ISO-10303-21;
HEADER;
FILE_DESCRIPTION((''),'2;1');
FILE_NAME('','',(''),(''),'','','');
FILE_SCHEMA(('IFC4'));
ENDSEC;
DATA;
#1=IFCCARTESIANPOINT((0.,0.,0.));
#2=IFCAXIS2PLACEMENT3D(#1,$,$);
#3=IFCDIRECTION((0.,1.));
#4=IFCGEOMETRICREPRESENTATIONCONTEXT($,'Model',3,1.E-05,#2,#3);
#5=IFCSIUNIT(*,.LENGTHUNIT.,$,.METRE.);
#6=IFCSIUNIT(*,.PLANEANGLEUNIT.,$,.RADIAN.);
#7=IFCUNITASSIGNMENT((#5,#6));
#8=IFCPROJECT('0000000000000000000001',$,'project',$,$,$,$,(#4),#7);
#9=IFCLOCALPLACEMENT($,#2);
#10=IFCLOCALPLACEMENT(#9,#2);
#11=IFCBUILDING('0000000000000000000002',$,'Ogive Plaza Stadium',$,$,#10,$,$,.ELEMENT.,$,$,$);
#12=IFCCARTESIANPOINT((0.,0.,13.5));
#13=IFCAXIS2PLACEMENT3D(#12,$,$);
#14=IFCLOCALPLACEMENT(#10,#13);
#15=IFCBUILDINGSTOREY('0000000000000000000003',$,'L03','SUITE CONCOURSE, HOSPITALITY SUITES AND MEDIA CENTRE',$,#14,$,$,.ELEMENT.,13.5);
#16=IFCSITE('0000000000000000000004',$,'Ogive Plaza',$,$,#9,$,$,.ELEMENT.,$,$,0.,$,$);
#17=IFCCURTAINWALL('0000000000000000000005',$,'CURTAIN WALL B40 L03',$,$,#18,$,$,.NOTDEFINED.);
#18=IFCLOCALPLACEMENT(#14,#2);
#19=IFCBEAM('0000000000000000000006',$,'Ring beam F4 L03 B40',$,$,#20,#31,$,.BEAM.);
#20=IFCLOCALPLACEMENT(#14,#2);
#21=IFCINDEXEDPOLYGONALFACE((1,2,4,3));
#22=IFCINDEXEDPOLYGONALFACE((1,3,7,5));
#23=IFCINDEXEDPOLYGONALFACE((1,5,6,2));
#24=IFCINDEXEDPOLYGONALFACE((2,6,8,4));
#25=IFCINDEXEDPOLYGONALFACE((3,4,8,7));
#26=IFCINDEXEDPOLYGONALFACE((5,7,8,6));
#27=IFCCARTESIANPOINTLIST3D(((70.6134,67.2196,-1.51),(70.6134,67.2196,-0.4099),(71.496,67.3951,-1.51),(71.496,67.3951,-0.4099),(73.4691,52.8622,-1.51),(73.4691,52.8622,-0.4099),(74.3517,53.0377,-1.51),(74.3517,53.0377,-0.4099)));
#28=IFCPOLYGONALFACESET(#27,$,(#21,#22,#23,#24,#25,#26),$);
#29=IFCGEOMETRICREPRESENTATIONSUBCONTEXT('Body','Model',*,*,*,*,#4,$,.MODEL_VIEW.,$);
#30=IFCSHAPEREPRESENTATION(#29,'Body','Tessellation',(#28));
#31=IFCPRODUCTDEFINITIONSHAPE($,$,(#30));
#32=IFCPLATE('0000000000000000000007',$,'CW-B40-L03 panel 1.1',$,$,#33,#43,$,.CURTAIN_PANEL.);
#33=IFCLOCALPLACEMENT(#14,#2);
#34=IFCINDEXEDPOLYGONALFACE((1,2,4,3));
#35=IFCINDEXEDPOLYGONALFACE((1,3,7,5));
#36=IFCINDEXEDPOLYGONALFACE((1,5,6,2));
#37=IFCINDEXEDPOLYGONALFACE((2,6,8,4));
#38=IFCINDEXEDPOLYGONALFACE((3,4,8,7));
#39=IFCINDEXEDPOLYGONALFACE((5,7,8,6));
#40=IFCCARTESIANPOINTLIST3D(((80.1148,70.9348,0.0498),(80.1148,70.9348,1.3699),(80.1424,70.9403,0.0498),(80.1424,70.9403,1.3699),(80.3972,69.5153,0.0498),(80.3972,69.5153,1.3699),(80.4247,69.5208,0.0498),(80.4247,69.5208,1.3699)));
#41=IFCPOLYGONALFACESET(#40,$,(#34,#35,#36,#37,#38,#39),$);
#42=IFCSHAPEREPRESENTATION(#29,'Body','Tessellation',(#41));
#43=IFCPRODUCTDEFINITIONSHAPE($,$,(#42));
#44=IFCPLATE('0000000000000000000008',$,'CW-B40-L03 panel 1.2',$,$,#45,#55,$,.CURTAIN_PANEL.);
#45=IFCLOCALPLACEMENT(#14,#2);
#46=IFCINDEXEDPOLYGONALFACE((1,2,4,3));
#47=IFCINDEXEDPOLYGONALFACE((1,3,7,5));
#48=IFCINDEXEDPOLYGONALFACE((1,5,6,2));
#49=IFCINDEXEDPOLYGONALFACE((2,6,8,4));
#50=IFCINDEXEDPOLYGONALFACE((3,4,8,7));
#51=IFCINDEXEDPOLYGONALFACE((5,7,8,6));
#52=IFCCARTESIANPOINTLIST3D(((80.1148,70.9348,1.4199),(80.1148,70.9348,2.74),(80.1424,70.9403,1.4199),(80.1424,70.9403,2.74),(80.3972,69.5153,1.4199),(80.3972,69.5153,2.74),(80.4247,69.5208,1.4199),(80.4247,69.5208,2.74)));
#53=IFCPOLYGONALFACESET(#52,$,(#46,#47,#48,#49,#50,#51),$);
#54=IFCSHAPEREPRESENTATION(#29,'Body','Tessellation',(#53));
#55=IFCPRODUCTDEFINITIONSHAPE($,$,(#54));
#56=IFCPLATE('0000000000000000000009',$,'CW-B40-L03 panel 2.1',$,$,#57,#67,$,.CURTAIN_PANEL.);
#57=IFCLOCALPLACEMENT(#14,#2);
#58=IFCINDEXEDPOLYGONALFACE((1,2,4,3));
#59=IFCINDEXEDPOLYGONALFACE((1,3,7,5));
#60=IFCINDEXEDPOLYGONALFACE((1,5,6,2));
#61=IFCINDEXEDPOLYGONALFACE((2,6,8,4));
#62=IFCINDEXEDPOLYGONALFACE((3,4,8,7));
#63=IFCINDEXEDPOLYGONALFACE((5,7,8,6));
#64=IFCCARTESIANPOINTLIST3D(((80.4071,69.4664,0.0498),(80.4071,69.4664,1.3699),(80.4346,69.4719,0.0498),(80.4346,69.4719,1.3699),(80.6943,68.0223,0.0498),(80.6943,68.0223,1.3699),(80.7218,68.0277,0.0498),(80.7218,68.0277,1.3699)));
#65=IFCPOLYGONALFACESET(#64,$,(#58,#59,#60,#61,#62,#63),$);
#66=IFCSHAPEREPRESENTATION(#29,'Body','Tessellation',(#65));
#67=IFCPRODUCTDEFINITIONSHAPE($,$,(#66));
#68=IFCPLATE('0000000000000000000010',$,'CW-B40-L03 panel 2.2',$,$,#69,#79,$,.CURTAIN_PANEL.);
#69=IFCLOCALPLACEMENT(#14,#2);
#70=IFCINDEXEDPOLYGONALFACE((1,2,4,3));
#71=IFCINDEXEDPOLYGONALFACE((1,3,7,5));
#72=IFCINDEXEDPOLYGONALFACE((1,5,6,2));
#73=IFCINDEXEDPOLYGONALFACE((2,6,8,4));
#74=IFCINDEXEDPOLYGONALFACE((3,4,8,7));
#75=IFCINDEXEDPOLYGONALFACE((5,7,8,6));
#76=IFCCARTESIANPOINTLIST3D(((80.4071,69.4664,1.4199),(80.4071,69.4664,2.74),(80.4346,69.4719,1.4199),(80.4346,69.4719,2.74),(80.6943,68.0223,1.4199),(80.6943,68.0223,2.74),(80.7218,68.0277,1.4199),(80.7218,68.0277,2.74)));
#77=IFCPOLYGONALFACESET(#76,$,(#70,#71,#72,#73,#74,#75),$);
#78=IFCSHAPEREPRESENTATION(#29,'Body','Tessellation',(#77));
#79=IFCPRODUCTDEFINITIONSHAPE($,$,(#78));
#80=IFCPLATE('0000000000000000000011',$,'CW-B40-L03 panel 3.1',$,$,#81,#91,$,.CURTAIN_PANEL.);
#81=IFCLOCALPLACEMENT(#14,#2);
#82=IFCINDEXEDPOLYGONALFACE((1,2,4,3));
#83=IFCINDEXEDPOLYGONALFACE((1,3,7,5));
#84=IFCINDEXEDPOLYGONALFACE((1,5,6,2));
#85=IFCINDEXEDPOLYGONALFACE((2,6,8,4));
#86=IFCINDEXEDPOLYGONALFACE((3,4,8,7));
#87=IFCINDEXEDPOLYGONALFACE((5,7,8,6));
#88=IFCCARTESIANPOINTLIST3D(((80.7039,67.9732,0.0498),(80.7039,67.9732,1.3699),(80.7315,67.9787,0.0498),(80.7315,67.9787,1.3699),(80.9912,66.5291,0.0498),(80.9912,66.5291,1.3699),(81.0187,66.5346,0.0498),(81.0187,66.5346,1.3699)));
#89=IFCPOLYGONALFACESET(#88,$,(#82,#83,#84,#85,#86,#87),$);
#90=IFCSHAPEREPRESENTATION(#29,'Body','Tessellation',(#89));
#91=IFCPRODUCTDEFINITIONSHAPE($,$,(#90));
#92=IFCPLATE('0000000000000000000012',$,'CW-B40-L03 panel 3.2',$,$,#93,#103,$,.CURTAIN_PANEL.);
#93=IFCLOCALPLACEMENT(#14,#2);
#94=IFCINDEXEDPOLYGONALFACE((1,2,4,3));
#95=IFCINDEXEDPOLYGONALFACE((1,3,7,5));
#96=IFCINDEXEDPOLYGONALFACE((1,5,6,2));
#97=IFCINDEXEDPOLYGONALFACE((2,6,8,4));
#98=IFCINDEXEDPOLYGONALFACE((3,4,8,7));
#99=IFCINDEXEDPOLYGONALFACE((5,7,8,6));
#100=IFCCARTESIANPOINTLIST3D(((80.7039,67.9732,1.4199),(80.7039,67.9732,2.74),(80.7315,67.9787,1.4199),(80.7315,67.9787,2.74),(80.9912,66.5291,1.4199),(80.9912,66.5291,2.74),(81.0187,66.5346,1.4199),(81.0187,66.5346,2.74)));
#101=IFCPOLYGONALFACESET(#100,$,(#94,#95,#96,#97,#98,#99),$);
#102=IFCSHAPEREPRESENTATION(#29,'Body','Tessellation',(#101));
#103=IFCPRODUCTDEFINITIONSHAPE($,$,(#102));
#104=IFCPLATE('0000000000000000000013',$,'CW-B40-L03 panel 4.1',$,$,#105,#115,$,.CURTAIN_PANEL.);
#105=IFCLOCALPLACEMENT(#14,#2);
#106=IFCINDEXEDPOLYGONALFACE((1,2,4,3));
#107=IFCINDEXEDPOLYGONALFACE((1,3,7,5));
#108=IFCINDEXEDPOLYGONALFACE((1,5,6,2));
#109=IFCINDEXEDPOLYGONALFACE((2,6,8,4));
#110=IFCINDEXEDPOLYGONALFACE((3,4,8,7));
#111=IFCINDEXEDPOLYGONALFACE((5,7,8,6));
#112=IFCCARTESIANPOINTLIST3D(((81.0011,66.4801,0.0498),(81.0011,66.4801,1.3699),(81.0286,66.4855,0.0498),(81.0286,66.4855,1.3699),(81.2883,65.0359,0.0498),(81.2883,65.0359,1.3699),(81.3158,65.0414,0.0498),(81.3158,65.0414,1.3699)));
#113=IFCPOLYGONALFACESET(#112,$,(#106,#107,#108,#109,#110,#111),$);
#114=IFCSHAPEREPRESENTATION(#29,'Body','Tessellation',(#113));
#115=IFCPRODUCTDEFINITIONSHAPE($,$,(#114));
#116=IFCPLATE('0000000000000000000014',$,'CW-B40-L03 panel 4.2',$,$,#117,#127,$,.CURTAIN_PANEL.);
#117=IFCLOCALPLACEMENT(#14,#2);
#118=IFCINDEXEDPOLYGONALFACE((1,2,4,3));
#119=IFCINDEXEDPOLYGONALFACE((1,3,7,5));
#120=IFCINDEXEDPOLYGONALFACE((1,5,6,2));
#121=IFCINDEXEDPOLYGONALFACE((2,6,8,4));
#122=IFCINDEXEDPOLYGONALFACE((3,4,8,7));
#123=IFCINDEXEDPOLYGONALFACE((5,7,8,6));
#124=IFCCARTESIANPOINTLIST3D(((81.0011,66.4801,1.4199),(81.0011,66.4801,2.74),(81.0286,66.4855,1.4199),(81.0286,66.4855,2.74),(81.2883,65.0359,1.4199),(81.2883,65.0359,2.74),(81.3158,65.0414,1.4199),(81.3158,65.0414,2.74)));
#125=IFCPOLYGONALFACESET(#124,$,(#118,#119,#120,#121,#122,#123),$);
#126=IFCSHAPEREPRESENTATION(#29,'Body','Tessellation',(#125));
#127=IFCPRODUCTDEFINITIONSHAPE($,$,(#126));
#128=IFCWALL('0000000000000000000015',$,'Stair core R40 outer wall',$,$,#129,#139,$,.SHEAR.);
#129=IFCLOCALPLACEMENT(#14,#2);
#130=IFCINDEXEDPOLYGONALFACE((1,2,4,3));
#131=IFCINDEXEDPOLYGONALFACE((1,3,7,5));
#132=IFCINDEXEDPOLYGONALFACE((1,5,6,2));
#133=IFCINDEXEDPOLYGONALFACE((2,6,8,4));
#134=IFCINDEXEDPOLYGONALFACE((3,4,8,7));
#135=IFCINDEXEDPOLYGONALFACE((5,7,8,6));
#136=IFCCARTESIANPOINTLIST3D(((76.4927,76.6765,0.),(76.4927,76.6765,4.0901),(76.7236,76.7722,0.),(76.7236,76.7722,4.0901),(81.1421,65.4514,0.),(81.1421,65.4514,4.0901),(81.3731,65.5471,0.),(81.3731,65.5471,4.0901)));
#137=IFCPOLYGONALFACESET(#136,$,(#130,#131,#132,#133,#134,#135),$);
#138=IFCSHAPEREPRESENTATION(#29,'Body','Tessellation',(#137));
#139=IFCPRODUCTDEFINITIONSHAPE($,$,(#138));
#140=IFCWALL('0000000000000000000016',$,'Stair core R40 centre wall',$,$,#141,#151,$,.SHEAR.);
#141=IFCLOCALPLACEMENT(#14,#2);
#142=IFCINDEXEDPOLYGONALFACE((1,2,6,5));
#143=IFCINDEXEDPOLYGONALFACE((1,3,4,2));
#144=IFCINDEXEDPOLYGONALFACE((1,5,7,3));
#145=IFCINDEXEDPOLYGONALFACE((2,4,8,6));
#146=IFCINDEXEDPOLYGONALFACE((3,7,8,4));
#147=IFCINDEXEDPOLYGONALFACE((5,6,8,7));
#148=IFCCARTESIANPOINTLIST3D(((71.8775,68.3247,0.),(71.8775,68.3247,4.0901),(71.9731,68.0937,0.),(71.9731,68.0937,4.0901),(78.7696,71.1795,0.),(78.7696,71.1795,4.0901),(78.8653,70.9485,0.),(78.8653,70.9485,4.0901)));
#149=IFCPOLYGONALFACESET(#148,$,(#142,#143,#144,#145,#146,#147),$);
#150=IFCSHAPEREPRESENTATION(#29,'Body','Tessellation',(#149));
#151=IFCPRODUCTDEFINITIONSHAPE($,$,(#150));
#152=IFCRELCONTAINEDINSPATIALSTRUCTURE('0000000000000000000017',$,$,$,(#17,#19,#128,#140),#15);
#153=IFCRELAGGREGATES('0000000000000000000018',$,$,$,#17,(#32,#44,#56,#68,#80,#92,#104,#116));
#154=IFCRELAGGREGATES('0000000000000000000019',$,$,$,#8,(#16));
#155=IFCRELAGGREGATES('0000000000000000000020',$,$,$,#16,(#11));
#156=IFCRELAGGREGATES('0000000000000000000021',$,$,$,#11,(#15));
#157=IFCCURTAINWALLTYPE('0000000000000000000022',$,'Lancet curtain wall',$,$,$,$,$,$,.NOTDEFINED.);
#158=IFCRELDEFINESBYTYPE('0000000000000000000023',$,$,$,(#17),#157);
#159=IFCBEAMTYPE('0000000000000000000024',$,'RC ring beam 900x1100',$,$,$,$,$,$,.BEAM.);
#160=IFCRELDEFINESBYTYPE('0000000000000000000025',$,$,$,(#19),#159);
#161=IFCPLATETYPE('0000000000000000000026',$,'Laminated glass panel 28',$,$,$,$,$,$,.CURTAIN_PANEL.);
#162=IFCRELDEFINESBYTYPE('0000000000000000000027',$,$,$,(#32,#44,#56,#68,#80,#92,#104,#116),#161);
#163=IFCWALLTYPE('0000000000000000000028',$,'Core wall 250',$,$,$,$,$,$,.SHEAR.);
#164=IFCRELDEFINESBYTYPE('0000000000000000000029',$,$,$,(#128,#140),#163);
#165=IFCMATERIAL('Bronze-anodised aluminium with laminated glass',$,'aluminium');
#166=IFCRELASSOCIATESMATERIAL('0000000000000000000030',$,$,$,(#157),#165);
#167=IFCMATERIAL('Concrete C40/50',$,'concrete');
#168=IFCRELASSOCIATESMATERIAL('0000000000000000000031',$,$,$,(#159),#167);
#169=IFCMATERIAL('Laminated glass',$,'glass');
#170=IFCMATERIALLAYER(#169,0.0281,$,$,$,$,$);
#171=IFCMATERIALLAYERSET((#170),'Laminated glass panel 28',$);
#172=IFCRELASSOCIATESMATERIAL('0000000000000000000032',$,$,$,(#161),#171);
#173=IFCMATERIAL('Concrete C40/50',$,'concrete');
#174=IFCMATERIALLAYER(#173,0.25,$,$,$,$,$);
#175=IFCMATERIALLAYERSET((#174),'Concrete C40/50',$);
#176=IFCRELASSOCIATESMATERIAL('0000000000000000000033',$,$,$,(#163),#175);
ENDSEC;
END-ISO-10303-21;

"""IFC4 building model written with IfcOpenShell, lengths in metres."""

from ifc_helpers import new_model, si_unit, direction, frame, frame_2d, origin, origin_2d, place, context, subcontext, project, spatial, rectangle, extrude, material, layer, layer_set, material_profile, profile_set, type_object, element, aggregate, save


model = new_model("IFC4")

# Units and contexts
model_context = context("Model", 3, precision=1e-05, world=origin(), true_north=direction((0.0, 1.0)))
body_context = subcontext(model_context, "Body", "Model", "MODEL_VIEW")
ifc_project = project(units=[si_unit("LENGTHUNIT", "METRE"), si_unit("PLANEANGLEUNIT", "RADIAN")], contexts=[model_context])

# Site, building, storey
site_placement = place(None, origin())
site = spatial("IfcSite", under=ifc_project, at=site_placement, Name="Ogive Plaza", CompositionType="ELEMENT", RefElevation=0.0)
building_placement = place(site_placement, origin())
building = spatial("IfcBuilding", under=site, at=building_placement, Name="Ogive Plaza Stadium", CompositionType="ELEMENT")
storey_placement = place(building_placement, frame((0.0, 0.0, 13.5)))
storey = spatial("IfcBuildingStorey", under=building, at=storey_placement, Name="L03", Description="SUITE CONCOURSE, HOSPITALITY SUITES AND MEDIA CENTRE", CompositionType="ELEMENT", Elevation=13.5)

# Curtain wall
ifc_material_1 = material(Name="Bronze-anodised aluminium with laminated glass", Category="aluminium")
curtain_wall_type = type_object("IfcCurtainWallType", Name="Lancet curtain wall", PredefinedType="NOTDEFINED", material=ifc_material_1)
curtain_wall_placement = place(storey_placement, origin())
curtain_wall = element("IfcCurtainWall", 1, at=curtain_wall_placement, inside=storey, type_object=curtain_wall_type, Name="CURTAIN WALL B40 L03", PredefinedType="NOTDEFINED")

# Beam
ifc_material_2 = material(Name="Concrete C40/50", Category="concrete")
ifc_material_profile_1 = material_profile(ifc_material_2, rectangle(XDim=0.8999, YDim=1.1001, at=origin_2d()), Name="RC 900x1100")
ifc_profile_set_1 = profile_set([ifc_material_profile_1], Name="Concrete C40/50")
beam_type = type_object("IfcBeamType", Name="RC ring beam 900x1100", PredefinedType="BEAM", material=ifc_profile_set_1)
beam_placement = place(storey_placement, frame((71.0547, 67.3074, -0.96), z_axis=(0.19508, -0.980787, 0.0), x_axis=(0.980787, 0.19508, 0.0)))
element("IfcBeam", 2, at=beam_placement, inside=storey, type_object=beam_type, Name="Ring beam F4 L03 B40", PredefinedType="BEAM", context=body_context, shape_type="SweptSolid", body=[
    extrude(rectangle(XDim=0.8999, YDim=1.1001, at=origin_2d()), origin(), (0.0, 0.0, 1.0), 14.6387),
])

# Plates
ifc_material_3 = material(Name="Laminated glass", Category="glass")
ifc_layer_1 = layer(ifc_material_3, 0.0281)
ifc_layer_set_1 = layer_set([ifc_layer_1], Name="Laminated glass panel 28")
plate_type = type_object("IfcPlateType", Name="Laminated glass panel 28", PredefinedType="CURTAIN_PANEL", material=ifc_layer_set_1)
plate_1_placement = place(storey_placement, frame((80.2698, 70.2278, 0.0498), z_axis=(0.0, 0.0, 1.0), x_axis=(0.19509, -0.980785, 0.0)))
plate_1 = element("IfcPlate", 3, at=plate_1_placement, type_object=plate_type, Name="CW-B40-L03 panel 1.1", PredefinedType="CURTAIN_PANEL", context=body_context, shape_type="SweptSolid", body=[
    extrude(rectangle(XDim=1.4473, YDim=0.0281, at=origin_2d()), origin(), (0.0, 0.0, 1.0), 1.3201),
])
plate_2_placement = place(storey_placement, frame((80.2698, 70.2278, 1.4199), z_axis=(0.0, 0.0, 1.0), x_axis=(0.19509, -0.980785, 0.0)))
plate_2 = element("IfcPlate", 4, at=plate_2_placement, type_object=plate_type, Name="CW-B40-L03 panel 1.2", PredefinedType="CURTAIN_PANEL", context=body_context, shape_type="SweptSolid", body=[
    extrude(rectangle(XDim=1.4473, YDim=0.0281, at=origin_2d()), origin(), (0.0, 0.0, 1.0), 1.3201),
])
plate_3_placement = place(storey_placement, frame((80.5645, 68.7471, 0.0498), z_axis=(0.0, 0.0, 1.0), x_axis=(0.19509, -0.980785, 0.0)))
plate_3 = element("IfcPlate", 5, at=plate_3_placement, type_object=plate_type, Name="CW-B40-L03 panel 2.1", PredefinedType="CURTAIN_PANEL", context=body_context, shape_type="SweptSolid", body=[
    extrude(rectangle(XDim=1.4724, YDim=0.0281, at=origin_2d()), origin(), (0.0, 0.0, 1.0), 1.3201),
])
plate_4_placement = place(storey_placement, frame((80.5645, 68.7471, 1.4199), z_axis=(0.0, 0.0, 1.0), x_axis=(0.19509, -0.980785, 0.0)))
plate_4 = element("IfcPlate", 6, at=plate_4_placement, type_object=plate_type, Name="CW-B40-L03 panel 2.2", PredefinedType="CURTAIN_PANEL", context=body_context, shape_type="SweptSolid", body=[
    extrude(rectangle(XDim=1.4724, YDim=0.0281, at=origin_2d()), origin(), (0.0, 0.0, 1.0), 1.3201),
])
plate_5_placement = place(storey_placement, frame((80.8613, 67.2539, 0.0498), z_axis=(0.0, 0.0, 1.0), x_axis=(0.19509, -0.980785, 0.0)))
plate_5 = element("IfcPlate", 7, at=plate_5_placement, type_object=plate_type, Name="CW-B40-L03 panel 3.1", PredefinedType="CURTAIN_PANEL", context=body_context, shape_type="SweptSolid", body=[
    extrude(rectangle(XDim=1.4724, YDim=0.0281, at=origin_2d()), origin(), (0.0, 0.0, 1.0), 1.3201),
])
plate_6_placement = place(storey_placement, frame((80.8613, 67.2539, 1.4199), z_axis=(0.0, 0.0, 1.0), x_axis=(0.19509, -0.980785, 0.0)))
plate_6 = element("IfcPlate", 8, at=plate_6_placement, type_object=plate_type, Name="CW-B40-L03 panel 3.2", PredefinedType="CURTAIN_PANEL", context=body_context, shape_type="SweptSolid", body=[
    extrude(rectangle(XDim=1.4724, YDim=0.0281, at=origin_2d()), origin(), (0.0, 0.0, 1.0), 1.3201),
])
plate_7_placement = place(storey_placement, frame((81.1584, 65.7607, 0.0498), z_axis=(0.0, 0.0, 1.0), x_axis=(0.19509, -0.980785, 0.0)))
plate_7 = element("IfcPlate", 9, at=plate_7_placement, type_object=plate_type, Name="CW-B40-L03 panel 4.1", PredefinedType="CURTAIN_PANEL", context=body_context, shape_type="SweptSolid", body=[
    extrude(rectangle(XDim=1.4724, YDim=0.0281, at=origin_2d()), origin(), (0.0, 0.0, 1.0), 1.3201),
])
plate_8_placement = place(storey_placement, frame((81.1584, 65.7607, 1.4199), z_axis=(0.0, 0.0, 1.0), x_axis=(0.19509, -0.980785, 0.0)))
plate_8 = element("IfcPlate", 10, at=plate_8_placement, type_object=plate_type, Name="CW-B40-L03 panel 4.2", PredefinedType="CURTAIN_PANEL", context=body_context, shape_type="SweptSolid", body=[
    extrude(rectangle(XDim=1.4724, YDim=0.0281, at=origin_2d()), origin(), (0.0, 0.0, 1.0), 1.3201),
])
aggregate(curtain_wall, [plate_1, plate_2, plate_3, plate_4, plate_5, plate_6, plate_7, plate_8])

# Walls
ifc_material_4 = material(Name="Concrete C40/50", Category="concrete")
ifc_layer_2 = layer(ifc_material_4, 0.25)
ifc_layer_set_2 = layer_set([ifc_layer_2], Name="Concrete C40/50")
wall_type_1 = type_object("IfcWallType", Name="Core wall 250", PredefinedType="SHEAR", material=ifc_layer_set_2)
wall_1_placement = place(storey_placement, frame((81.2576, 65.4993, 0.0), z_axis=(0.0, 0.0, 1.0), x_axis=(-0.382671, 0.923885, 0.0)))
element("IfcWall", 11, at=wall_1_placement, inside=storey, type_object=wall_type_1, Name="Stair core R40 outer wall", PredefinedType="SHEAR", context=body_context, shape_type="SweptSolid", body=[
    extrude(rectangle(XDim=12.1499, YDim=0.25, at=frame_2d((6.075, 0.0))), origin(), (0.0, 0.0, 1.0), 4.0901),
])
wall_2_placement = place(storey_placement, frame((71.9253, 68.2092, 0.0), z_axis=(0.0, 0.0, 1.0), x_axis=(0.923882, 0.382676, 0.0)))
element("IfcWall", 12, at=wall_2_placement, inside=storey, type_object=wall_type_1, Name="Stair core R40 centre wall", PredefinedType="SHEAR", context=body_context, shape_type="SweptSolid", body=[
    extrude(rectangle(XDim=7.46, YDim=0.25, at=frame_2d((3.73, 0.0))), origin(), (0.0, 0.0, 1.0), 4.0901),
])

save(model, "model.ifc")
